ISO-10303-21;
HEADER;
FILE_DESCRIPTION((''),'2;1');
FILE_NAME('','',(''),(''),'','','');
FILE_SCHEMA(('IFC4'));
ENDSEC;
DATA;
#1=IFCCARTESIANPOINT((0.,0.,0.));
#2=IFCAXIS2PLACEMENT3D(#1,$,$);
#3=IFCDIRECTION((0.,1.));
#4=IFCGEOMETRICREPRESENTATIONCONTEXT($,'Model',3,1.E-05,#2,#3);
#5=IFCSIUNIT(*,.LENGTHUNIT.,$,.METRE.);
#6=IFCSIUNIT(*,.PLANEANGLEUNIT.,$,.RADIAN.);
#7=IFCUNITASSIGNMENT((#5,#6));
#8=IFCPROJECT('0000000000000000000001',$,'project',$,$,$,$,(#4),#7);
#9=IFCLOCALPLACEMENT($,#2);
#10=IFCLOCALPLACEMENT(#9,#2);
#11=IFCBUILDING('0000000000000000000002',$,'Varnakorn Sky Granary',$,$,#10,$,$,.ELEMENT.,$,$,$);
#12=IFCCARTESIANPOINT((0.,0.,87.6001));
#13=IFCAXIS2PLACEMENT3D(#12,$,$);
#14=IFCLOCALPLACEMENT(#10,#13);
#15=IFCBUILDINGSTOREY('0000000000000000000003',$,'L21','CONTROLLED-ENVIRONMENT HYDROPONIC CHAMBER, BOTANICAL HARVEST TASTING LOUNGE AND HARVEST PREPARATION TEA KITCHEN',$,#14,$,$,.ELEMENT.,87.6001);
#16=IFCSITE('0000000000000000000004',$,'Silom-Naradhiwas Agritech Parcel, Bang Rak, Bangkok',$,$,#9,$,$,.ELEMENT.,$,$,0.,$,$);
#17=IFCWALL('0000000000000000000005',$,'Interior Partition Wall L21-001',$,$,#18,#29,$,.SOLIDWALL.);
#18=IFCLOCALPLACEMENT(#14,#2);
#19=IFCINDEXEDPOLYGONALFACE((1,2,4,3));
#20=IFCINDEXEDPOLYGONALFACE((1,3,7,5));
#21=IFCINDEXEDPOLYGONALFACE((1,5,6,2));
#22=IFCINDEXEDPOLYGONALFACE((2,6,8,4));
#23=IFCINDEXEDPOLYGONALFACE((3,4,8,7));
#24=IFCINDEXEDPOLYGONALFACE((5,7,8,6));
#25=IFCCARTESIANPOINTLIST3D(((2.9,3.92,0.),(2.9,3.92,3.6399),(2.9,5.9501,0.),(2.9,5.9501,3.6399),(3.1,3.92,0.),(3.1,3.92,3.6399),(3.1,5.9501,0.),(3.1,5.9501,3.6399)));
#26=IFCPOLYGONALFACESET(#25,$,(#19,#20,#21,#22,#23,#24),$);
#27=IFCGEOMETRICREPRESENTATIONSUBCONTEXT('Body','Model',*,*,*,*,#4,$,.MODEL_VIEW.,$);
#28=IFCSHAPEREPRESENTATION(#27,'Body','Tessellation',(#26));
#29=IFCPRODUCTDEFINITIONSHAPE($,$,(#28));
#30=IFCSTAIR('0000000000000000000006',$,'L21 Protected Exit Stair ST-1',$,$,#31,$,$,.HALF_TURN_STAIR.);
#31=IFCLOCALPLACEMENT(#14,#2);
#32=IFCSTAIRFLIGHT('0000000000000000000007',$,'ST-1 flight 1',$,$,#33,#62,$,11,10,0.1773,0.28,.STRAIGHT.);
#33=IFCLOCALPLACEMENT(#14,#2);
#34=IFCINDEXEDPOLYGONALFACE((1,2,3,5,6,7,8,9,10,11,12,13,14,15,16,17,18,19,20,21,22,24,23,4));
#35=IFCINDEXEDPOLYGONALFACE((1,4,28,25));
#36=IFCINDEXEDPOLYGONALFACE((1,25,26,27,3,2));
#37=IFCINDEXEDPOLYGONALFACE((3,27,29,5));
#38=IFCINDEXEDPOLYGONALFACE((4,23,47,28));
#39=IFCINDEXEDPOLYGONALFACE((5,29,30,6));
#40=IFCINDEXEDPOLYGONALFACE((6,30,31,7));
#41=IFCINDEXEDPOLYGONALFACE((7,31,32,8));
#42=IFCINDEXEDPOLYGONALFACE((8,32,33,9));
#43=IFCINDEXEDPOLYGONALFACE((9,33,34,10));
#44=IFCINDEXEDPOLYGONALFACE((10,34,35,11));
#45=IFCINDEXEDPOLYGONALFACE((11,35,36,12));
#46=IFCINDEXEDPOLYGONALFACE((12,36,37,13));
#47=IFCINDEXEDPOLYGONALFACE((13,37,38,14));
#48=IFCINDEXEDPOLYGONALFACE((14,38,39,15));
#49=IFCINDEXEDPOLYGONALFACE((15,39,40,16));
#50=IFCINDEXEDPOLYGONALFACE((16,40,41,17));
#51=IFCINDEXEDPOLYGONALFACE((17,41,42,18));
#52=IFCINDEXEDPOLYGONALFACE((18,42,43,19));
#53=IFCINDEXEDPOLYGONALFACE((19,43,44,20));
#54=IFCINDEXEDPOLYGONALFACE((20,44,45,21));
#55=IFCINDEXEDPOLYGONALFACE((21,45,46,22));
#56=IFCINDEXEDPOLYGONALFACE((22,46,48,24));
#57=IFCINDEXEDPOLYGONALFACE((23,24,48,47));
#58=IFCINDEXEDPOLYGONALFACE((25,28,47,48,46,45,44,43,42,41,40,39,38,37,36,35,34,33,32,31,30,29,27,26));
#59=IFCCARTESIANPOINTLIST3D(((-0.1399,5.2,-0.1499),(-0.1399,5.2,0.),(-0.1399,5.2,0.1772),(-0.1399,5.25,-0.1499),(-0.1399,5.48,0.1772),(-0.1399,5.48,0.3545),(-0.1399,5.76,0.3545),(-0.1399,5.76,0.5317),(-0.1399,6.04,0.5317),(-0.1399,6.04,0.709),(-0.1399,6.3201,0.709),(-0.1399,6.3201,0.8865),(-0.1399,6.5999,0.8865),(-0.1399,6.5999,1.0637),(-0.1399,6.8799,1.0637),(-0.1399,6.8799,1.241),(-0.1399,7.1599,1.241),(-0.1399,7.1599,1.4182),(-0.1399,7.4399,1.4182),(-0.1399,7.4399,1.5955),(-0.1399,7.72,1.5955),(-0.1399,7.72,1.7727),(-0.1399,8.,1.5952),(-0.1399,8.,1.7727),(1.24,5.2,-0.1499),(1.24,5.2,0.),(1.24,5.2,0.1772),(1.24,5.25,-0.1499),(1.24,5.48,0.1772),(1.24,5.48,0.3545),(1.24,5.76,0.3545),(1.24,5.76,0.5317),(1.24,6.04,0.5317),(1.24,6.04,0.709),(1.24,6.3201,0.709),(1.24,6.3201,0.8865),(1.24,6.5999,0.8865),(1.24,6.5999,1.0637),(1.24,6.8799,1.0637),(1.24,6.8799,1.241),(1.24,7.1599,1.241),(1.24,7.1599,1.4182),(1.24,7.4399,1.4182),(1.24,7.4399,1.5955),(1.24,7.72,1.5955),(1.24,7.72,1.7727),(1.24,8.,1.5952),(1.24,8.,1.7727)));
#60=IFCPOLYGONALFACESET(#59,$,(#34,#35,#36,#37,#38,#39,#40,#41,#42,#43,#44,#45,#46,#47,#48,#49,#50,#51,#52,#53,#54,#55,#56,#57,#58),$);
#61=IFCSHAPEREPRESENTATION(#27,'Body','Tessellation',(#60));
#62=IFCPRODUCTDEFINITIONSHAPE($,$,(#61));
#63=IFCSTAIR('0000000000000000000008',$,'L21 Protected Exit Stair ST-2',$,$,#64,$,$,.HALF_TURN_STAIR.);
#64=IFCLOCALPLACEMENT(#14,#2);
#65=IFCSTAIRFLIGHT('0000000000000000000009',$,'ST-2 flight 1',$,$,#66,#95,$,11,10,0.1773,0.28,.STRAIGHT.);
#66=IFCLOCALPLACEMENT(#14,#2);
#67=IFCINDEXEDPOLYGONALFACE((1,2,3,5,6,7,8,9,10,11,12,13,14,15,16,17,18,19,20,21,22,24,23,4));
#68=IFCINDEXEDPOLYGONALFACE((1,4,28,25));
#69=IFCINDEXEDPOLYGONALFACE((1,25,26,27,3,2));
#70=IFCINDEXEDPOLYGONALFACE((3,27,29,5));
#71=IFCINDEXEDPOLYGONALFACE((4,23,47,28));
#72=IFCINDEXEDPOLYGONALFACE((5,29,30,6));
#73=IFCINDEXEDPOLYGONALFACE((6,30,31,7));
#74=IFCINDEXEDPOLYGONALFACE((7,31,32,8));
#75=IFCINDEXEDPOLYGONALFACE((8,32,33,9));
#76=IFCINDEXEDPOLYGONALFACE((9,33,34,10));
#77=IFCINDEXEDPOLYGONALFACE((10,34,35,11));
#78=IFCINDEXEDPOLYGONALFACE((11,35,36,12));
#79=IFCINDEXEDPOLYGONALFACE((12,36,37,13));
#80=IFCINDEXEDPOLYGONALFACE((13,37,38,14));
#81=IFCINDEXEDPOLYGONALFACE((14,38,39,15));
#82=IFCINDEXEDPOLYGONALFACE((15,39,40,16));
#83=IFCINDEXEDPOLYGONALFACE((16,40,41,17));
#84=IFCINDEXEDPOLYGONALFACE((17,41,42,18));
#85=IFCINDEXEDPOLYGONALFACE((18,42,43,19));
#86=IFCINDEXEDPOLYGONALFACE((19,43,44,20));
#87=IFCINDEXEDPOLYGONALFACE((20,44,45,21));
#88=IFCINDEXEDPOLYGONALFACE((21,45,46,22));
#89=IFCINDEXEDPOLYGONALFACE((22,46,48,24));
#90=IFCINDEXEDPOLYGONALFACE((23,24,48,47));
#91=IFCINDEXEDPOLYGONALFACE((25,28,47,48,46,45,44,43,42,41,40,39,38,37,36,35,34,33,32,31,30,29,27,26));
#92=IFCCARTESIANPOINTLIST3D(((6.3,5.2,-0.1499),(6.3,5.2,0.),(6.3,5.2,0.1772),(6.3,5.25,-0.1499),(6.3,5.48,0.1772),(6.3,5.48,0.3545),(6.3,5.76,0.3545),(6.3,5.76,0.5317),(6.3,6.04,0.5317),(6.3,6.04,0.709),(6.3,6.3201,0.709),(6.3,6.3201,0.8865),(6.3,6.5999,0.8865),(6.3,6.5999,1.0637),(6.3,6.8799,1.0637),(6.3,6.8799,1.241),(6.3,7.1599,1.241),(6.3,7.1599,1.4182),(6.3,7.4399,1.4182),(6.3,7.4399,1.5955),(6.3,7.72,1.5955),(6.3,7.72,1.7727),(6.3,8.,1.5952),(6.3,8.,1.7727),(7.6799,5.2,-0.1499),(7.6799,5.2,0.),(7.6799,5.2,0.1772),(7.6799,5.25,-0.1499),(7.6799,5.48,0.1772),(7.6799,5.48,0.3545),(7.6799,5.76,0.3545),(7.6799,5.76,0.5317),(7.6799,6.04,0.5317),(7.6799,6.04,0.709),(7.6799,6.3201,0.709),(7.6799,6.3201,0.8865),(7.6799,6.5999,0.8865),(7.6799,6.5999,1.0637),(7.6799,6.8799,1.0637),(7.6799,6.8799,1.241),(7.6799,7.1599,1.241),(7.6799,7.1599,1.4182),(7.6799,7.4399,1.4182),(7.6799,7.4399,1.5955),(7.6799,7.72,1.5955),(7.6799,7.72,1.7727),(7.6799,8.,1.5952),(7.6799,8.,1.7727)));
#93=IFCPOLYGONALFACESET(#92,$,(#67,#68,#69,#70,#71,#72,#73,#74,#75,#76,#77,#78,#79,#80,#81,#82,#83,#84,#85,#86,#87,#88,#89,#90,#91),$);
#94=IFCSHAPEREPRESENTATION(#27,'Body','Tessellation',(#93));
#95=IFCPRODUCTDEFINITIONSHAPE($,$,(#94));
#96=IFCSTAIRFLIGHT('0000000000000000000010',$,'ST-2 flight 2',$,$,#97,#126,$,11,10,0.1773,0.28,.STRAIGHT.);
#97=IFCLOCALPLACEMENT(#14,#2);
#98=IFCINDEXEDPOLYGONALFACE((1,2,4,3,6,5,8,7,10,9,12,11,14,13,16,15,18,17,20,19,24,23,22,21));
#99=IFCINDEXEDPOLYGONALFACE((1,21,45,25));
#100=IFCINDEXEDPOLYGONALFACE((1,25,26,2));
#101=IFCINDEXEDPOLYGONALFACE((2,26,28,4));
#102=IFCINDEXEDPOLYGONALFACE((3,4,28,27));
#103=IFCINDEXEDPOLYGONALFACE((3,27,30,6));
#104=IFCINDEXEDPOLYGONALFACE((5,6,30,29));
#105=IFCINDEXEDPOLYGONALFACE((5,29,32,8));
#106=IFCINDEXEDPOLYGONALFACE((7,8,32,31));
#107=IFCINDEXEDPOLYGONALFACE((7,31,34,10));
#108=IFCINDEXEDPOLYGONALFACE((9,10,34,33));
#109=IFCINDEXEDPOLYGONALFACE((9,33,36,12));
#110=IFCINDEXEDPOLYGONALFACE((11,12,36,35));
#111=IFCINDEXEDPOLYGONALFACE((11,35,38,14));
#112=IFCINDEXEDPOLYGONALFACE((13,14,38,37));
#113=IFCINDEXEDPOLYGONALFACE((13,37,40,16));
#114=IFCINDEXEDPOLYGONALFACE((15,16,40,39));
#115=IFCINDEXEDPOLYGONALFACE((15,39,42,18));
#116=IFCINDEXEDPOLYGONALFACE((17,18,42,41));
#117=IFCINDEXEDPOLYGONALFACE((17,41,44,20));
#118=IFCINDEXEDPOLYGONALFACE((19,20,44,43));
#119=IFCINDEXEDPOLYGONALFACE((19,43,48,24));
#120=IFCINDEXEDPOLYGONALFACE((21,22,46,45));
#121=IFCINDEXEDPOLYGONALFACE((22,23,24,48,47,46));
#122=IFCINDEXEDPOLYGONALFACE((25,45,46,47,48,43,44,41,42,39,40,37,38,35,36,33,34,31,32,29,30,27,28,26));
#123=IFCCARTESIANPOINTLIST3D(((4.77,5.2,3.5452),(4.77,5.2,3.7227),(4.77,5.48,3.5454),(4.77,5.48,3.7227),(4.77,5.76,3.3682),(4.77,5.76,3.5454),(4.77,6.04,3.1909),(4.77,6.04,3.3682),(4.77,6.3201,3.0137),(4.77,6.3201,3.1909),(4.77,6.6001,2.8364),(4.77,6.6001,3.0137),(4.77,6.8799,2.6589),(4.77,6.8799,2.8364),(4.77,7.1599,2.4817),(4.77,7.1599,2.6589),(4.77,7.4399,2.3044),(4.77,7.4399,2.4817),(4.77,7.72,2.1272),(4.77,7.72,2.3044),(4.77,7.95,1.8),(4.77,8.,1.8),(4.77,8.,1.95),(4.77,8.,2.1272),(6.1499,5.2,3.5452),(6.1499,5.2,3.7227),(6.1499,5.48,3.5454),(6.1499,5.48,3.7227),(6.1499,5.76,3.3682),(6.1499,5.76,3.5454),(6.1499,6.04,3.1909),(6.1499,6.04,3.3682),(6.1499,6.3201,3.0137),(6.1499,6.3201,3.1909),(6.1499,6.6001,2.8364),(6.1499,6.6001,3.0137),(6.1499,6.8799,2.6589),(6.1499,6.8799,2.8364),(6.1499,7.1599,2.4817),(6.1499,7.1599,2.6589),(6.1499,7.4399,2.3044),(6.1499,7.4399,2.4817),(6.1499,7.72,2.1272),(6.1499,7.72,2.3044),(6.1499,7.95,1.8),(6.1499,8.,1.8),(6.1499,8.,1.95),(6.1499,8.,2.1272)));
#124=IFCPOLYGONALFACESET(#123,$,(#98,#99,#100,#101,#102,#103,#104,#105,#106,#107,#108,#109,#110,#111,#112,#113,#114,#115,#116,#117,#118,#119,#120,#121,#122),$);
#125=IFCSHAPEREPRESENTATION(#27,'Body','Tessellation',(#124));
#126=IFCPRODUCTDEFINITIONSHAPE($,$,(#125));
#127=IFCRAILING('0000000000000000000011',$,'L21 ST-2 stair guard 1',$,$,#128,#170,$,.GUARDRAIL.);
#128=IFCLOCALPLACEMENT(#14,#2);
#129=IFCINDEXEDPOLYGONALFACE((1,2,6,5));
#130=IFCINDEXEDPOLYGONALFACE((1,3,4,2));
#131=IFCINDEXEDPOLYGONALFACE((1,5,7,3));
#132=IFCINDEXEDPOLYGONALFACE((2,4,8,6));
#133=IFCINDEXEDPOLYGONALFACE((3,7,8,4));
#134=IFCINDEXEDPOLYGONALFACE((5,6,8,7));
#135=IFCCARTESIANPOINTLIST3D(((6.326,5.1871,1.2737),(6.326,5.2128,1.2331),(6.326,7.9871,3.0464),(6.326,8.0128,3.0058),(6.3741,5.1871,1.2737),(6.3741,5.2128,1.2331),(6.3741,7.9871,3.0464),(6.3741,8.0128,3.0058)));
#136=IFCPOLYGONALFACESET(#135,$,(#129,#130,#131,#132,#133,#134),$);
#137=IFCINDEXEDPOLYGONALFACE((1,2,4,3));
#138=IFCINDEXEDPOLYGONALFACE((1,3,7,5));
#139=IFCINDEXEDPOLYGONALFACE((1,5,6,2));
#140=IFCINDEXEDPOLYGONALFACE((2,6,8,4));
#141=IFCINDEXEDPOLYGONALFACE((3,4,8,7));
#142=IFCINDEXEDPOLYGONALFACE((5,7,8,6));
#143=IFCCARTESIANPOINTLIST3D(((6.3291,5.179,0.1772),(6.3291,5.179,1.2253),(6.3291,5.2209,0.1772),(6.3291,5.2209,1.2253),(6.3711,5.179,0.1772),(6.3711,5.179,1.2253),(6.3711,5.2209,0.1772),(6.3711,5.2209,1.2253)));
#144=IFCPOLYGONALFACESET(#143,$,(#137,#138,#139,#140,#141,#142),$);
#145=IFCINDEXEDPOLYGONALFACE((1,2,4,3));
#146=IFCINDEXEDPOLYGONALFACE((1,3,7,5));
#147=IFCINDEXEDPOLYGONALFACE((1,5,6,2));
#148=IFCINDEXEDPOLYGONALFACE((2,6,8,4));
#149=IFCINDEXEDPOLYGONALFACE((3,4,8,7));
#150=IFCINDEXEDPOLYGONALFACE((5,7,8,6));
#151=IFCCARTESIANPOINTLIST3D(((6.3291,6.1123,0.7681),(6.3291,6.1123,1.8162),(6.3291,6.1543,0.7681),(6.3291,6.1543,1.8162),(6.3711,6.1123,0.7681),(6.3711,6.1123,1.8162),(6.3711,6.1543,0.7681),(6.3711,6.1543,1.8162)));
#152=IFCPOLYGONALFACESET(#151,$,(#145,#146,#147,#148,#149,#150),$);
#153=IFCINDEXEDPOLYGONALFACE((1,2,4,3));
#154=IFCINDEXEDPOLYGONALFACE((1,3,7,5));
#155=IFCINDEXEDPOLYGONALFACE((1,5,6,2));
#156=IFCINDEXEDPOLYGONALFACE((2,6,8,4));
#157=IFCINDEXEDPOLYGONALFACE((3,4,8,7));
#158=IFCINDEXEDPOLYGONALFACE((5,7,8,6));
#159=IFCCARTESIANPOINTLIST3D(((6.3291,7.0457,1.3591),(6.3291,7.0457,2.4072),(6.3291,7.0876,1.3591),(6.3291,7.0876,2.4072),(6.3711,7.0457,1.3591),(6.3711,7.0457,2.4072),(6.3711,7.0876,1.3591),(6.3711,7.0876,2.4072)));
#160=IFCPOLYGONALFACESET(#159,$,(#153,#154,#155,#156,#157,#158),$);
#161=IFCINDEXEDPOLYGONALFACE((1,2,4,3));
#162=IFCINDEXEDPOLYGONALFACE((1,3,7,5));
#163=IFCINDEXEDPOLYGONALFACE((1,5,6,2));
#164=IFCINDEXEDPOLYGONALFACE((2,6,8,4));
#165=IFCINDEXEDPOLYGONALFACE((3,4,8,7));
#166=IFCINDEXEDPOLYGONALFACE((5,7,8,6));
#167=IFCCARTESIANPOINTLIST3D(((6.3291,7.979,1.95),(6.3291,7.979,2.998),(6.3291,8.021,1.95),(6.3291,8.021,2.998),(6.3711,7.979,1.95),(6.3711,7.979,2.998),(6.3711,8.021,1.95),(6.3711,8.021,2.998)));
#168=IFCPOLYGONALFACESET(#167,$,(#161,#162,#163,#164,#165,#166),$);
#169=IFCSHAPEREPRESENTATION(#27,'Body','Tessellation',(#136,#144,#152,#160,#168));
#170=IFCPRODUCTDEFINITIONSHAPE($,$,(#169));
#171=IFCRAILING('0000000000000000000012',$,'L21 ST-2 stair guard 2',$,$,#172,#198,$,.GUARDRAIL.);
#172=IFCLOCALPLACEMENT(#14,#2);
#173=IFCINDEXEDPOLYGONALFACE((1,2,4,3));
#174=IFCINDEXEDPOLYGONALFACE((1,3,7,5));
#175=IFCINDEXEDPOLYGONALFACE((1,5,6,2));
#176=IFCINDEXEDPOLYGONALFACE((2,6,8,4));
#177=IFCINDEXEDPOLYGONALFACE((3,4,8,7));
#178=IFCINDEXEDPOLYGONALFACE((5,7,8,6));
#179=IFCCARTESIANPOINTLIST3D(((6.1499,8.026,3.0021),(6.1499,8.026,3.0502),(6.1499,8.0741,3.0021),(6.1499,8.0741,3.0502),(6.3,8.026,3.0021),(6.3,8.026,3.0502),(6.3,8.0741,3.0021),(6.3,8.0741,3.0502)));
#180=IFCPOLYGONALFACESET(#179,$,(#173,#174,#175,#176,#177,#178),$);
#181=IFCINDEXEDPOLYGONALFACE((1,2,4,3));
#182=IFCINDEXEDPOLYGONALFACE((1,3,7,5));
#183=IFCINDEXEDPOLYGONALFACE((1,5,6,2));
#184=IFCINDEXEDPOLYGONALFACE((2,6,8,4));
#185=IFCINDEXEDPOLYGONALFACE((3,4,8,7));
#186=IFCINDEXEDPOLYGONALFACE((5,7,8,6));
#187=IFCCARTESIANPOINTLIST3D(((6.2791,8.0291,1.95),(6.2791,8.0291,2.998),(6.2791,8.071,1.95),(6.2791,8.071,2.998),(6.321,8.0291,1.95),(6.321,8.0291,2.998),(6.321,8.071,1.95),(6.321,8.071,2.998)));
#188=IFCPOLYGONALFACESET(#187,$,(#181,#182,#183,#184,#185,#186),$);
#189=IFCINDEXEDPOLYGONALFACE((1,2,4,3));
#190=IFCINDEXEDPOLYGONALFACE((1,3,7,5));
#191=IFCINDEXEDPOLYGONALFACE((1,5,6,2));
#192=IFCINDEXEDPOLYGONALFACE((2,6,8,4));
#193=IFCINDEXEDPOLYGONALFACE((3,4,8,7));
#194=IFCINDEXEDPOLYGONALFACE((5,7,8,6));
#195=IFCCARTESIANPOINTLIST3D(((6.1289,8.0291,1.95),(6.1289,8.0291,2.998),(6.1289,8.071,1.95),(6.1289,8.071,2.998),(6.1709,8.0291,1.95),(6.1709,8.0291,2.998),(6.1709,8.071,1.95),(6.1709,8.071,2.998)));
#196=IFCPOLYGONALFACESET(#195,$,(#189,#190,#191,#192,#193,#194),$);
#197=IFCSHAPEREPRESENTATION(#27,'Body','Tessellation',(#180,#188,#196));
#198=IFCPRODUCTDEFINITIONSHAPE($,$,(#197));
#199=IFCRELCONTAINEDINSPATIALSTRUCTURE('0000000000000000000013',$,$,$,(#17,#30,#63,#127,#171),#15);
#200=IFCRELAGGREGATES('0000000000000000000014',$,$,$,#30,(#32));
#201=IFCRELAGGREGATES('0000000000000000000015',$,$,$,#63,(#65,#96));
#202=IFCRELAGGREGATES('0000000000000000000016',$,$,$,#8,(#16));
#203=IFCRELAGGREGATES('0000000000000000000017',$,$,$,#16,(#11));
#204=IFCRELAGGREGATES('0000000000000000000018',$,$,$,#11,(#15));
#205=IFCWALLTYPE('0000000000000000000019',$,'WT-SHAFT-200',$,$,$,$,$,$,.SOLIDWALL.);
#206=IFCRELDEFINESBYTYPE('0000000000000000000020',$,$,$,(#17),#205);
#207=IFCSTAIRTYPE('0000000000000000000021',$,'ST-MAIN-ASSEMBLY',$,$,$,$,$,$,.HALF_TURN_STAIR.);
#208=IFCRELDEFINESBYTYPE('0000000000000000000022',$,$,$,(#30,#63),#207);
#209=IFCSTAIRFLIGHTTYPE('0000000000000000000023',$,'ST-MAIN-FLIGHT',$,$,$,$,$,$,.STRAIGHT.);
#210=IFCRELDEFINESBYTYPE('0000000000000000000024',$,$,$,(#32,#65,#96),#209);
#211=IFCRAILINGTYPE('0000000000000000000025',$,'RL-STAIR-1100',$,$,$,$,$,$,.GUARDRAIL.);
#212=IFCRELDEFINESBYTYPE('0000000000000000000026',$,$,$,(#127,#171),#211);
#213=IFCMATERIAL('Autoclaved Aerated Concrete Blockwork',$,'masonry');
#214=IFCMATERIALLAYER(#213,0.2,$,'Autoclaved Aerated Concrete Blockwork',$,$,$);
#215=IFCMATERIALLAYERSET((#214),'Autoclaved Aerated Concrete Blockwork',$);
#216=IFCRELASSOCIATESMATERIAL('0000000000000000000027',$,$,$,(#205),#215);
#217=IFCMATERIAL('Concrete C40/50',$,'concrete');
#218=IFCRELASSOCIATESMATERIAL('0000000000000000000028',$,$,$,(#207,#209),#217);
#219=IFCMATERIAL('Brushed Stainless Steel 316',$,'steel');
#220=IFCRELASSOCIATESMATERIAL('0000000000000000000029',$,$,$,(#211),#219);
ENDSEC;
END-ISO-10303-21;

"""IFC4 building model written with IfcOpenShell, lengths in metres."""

from ifc_helpers import new_model, si_unit, direction, frame, frame_2d, origin, origin_2d, place, context, subcontext, project, spatial, polyline, rectangle, outline, extrude, material, layer, layer_set, type_object, element, aggregate, save


model = new_model("IFC4")

# Units and contexts
model_context = context("Model", 3, precision=1e-05, world=origin(), true_north=direction((0.0, 1.0)))
body_context = subcontext(model_context, "Body", "Model", "MODEL_VIEW")
ifc_project = project(units=[si_unit("LENGTHUNIT", "METRE"), si_unit("PLANEANGLEUNIT", "RADIAN")], contexts=[model_context])

# Site, building, storey
site_placement = place(None, origin())
site = spatial("IfcSite", under=ifc_project, at=site_placement, Name="Silom-Naradhiwas Agritech Parcel, Bang Rak, Bangkok", CompositionType="ELEMENT", RefElevation=0.0)
building_placement = place(site_placement, origin())
building = spatial("IfcBuilding", under=site, at=building_placement, Name="Varnakorn Sky Granary", CompositionType="ELEMENT")
storey_placement = place(building_placement, frame((0.0, 0.0, 87.6001)))
storey = spatial("IfcBuildingStorey", under=building, at=storey_placement, Name="L21", Description="CONTROLLED-ENVIRONMENT HYDROPONIC CHAMBER, BOTANICAL HARVEST TASTING LOUNGE AND HARVEST PREPARATION TEA KITCHEN", CompositionType="ELEMENT", Elevation=87.6001)

# Shared definitions
ifc_material_1 = material(Name="Autoclaved Aerated Concrete Blockwork", Category="masonry")

# Wall
ifc_layer_1 = layer(ifc_material_1, 0.2, Name="Autoclaved Aerated Concrete Blockwork")
ifc_layer_set_1 = layer_set([ifc_layer_1], Name="Autoclaved Aerated Concrete Blockwork")
wall_type_1 = type_object("IfcWallType", Name="WT-SHAFT-200", PredefinedType="SOLIDWALL", material=ifc_layer_set_1)
wall_1_placement = place(storey_placement, frame((3.0, 3.9199, 0.0), z_axis=(0.0, 0.0, 1.0), x_axis=(0.0, 1.0, 0.0)))
element("IfcWall", 1, at=wall_1_placement, inside=storey, type_object=wall_type_1, Name="Interior Partition Wall L21-001", PredefinedType="SOLIDWALL", context=body_context, shape_type="SweptSolid", body=[
    extrude(rectangle(XDim=2.03, YDim=0.2, at=frame_2d((1.0151, 0.0))), origin(), (0.0, 0.0, 1.0), 3.6399),
])

# Stair, stair flight
ifc_material_2 = material(Name="Concrete C40/50", Category="concrete")
stair_type = type_object("IfcStairType", Name="ST-MAIN-ASSEMBLY", PredefinedType="HALF_TURN_STAIR", material=ifc_material_2)
stair_1_placement = place(storey_placement, origin())
stair_1 = element("IfcStair", 2, at=stair_1_placement, inside=storey, type_object=stair_type, Name="L21 Protected Exit Stair ST-1", PredefinedType="HALF_TURN_STAIR")
stair_flight_type = type_object("IfcStairFlightType", Name="ST-MAIN-FLIGHT", PredefinedType="STRAIGHT", material=ifc_material_2)
stair_flight_1_placement = place(storey_placement, frame((0.55, 5.2, 0.0), z_axis=(0.0, 0.0, 1.0), x_axis=(0.0, 1.0, 0.0)))
stair_flight_1 = element("IfcStairFlight", 3, at=stair_flight_1_placement, type_object=stair_flight_type, Name="ST-1 flight 1", NumberOfRisers=11, NumberOfTreads=10, PredefinedType="STRAIGHT", RiserHeight=0.1773, TreadLength=0.28, context=body_context, shape_type="SweptSolid", body=[
    extrude(outline(polyline([(0.0, -0.1499), (0.0, 0.0), (0.0, 0.1772), (0.28, 0.1772), (0.28, 0.3545), (0.5601, 0.3545), (0.5601, 0.5317), (0.8401, 0.5317), (0.8401, 0.709), (1.1201, 0.709), (1.1201, 0.8865), (1.3999, 0.8865), (1.3999, 1.0637), (1.6799, 1.0637), (1.6799, 1.241), (1.96, 1.241), (1.96, 1.4182), (2.24, 1.4182), (2.24, 1.5955), (2.52, 1.5955), (2.52, 1.7727), (2.8, 1.7727), (2.8, 1.95), (2.8, 1.5952), (0.05, -0.1499), (0.0, -0.1499)])), frame((0.0, 0.6899, 0.0), z_axis=(0.0, -1.0, 0.0), x_axis=(1.0, 0.0, 0.0)), (0.0, 0.0, 1.0), 1.3799),
])
aggregate(stair_1, [stair_flight_1])

# Stair, stair flights
stair_2_placement = place(storey_placement, origin())
stair_2 = element("IfcStair", 4, at=stair_2_placement, inside=storey, type_object=stair_type, Name="L21 Protected Exit Stair ST-2", PredefinedType="HALF_TURN_STAIR")
stair_flight_2_placement = place(storey_placement, frame((6.99, 5.2, 0.0), z_axis=(0.0, 0.0, 1.0), x_axis=(0.0, 1.0, 0.0)))
stair_flight_2 = element("IfcStairFlight", 5, at=stair_flight_2_placement, type_object=stair_flight_type, Name="ST-2 flight 1", NumberOfRisers=11, NumberOfTreads=10, PredefinedType="STRAIGHT", RiserHeight=0.1773, TreadLength=0.28, context=body_context, shape_type="SweptSolid", body=[
    extrude(outline(polyline([(0.0, -0.1499), (0.0, 0.0), (0.0, 0.1772), (0.28, 0.1772), (0.28, 0.3545), (0.5601, 0.3545), (0.5601, 0.5317), (0.8401, 0.5317), (0.8401, 0.709), (1.1201, 0.709), (1.1201, 0.8865), (1.3999, 0.8865), (1.3999, 1.0637), (1.6799, 1.0637), (1.6799, 1.241), (1.96, 1.241), (1.96, 1.4182), (2.24, 1.4182), (2.24, 1.5955), (2.52, 1.5955), (2.52, 1.7727), (2.8, 1.7727), (2.8, 1.95), (2.8, 1.5952), (0.05, -0.1499), (0.0, -0.1499)])), frame((0.0, 0.6899, 0.0), z_axis=(0.0, -1.0, 0.0), x_axis=(1.0, 0.0, 0.0)), (0.0, 0.0, 1.0), 1.3799),
])
stair_flight_3_placement = place(storey_placement, frame((5.46, 8.0, 1.95), z_axis=(0.0, 0.0, 1.0), x_axis=(0.0, -1.0, 0.0)))
stair_flight_3 = element("IfcStairFlight", 6, at=stair_flight_3_placement, type_object=stair_flight_type, Name="ST-2 flight 2", NumberOfRisers=11, NumberOfTreads=10, PredefinedType="STRAIGHT", RiserHeight=0.1773, TreadLength=0.28, context=body_context, shape_type="SweptSolid", body=[
    extrude(outline(polyline([(0.0, -0.1499), (0.0, 0.0), (0.0, 0.1772), (0.28, 0.1772), (0.28, 0.3545), (0.5601, 0.3545), (0.5601, 0.5317), (0.8401, 0.5317), (0.8401, 0.709), (1.1201, 0.709), (1.1201, 0.8865), (1.3999, 0.8865), (1.3999, 1.0637), (1.6799, 1.0637), (1.6799, 1.241), (1.96, 1.241), (1.96, 1.4182), (2.24, 1.4182), (2.24, 1.5955), (2.52, 1.5955), (2.52, 1.7727), (2.8, 1.7727), (2.8, 1.95), (2.8, 1.5952), (0.05, -0.1499), (0.0, -0.1499)])), frame((0.0, 0.6899, 0.0), z_axis=(0.0, -1.0, 0.0), x_axis=(1.0, 0.0, 0.0)), (0.0, 0.0, 1.0), 1.3799),
])
aggregate(stair_2, [stair_flight_2, stair_flight_3])

# Railings
ifc_material_3 = material(Name="Brushed Stainless Steel 316", Category="steel")
railing_type_1 = type_object("IfcRailingType", Name="RL-STAIR-1100", PredefinedType="GUARDRAIL", material=ifc_material_3)
railing_1_placement = place(storey_placement, frame((6.3501, 5.2, 0.1772)))
element("IfcRailing", 7, at=railing_1_placement, inside=storey, type_object=railing_type_1, Name="L21 ST-2 stair guard 1", PredefinedType="GUARDRAIL", context=body_context, shape_type="SweptSolid", body=[
    extrude(rectangle(XDim=0.0481, YDim=0.0481, at=origin_2d()), frame((0.0, 0.0, 1.0762), z_axis=(0.0, 0.844909, 0.53491), x_axis=(-1.0, 0.0, 0.0)), (0.0, 0.0, 1.0), 3.314),
    extrude(rectangle(XDim=0.042, YDim=0.042, at=origin_2d()), origin(), (0.0, 0.0, 1.0), 1.0481),
    extrude(rectangle(XDim=0.042, YDim=0.042, at=origin_2d()), frame((0.0, 0.9333, 0.5908)), (0.0, 0.0, 1.0), 1.0481),
    extrude(rectangle(XDim=0.042, YDim=0.042, at=origin_2d()), frame((0.0, 1.8667, 1.1819)), (0.0, 0.0, 1.0), 1.0481),
    extrude(rectangle(XDim=0.042, YDim=0.042, at=origin_2d()), frame((0.0, 2.8, 1.7727)), (0.0, 0.0, 1.0), 1.0481),
])
railing_2_placement = place(storey_placement, frame((6.3, 8.05, 1.95)))
element("IfcRailing", 8, at=railing_2_placement, inside=storey, type_object=railing_type_1, Name="L21 ST-2 stair guard 2", PredefinedType="GUARDRAIL", context=body_context, shape_type="SweptSolid", body=[
    extrude(rectangle(XDim=0.0481, YDim=0.0481, at=origin_2d()), frame((0.0, 0.0, 1.0762), z_axis=(-1.0, 0.0, 0.0), x_axis=(0.0, -1.0, 0.0)), (0.0, 0.0, 1.0), 0.1501),
    extrude(rectangle(XDim=0.042, YDim=0.042, at=origin_2d()), origin(), (0.0, 0.0, 1.0), 1.0481),
    extrude(rectangle(XDim=0.042, YDim=0.042, at=origin_2d()), frame((-0.1501, 0.0, 0.0)), (0.0, 0.0, 1.0), 1.0481),
])

save(model, "model.ifc")
